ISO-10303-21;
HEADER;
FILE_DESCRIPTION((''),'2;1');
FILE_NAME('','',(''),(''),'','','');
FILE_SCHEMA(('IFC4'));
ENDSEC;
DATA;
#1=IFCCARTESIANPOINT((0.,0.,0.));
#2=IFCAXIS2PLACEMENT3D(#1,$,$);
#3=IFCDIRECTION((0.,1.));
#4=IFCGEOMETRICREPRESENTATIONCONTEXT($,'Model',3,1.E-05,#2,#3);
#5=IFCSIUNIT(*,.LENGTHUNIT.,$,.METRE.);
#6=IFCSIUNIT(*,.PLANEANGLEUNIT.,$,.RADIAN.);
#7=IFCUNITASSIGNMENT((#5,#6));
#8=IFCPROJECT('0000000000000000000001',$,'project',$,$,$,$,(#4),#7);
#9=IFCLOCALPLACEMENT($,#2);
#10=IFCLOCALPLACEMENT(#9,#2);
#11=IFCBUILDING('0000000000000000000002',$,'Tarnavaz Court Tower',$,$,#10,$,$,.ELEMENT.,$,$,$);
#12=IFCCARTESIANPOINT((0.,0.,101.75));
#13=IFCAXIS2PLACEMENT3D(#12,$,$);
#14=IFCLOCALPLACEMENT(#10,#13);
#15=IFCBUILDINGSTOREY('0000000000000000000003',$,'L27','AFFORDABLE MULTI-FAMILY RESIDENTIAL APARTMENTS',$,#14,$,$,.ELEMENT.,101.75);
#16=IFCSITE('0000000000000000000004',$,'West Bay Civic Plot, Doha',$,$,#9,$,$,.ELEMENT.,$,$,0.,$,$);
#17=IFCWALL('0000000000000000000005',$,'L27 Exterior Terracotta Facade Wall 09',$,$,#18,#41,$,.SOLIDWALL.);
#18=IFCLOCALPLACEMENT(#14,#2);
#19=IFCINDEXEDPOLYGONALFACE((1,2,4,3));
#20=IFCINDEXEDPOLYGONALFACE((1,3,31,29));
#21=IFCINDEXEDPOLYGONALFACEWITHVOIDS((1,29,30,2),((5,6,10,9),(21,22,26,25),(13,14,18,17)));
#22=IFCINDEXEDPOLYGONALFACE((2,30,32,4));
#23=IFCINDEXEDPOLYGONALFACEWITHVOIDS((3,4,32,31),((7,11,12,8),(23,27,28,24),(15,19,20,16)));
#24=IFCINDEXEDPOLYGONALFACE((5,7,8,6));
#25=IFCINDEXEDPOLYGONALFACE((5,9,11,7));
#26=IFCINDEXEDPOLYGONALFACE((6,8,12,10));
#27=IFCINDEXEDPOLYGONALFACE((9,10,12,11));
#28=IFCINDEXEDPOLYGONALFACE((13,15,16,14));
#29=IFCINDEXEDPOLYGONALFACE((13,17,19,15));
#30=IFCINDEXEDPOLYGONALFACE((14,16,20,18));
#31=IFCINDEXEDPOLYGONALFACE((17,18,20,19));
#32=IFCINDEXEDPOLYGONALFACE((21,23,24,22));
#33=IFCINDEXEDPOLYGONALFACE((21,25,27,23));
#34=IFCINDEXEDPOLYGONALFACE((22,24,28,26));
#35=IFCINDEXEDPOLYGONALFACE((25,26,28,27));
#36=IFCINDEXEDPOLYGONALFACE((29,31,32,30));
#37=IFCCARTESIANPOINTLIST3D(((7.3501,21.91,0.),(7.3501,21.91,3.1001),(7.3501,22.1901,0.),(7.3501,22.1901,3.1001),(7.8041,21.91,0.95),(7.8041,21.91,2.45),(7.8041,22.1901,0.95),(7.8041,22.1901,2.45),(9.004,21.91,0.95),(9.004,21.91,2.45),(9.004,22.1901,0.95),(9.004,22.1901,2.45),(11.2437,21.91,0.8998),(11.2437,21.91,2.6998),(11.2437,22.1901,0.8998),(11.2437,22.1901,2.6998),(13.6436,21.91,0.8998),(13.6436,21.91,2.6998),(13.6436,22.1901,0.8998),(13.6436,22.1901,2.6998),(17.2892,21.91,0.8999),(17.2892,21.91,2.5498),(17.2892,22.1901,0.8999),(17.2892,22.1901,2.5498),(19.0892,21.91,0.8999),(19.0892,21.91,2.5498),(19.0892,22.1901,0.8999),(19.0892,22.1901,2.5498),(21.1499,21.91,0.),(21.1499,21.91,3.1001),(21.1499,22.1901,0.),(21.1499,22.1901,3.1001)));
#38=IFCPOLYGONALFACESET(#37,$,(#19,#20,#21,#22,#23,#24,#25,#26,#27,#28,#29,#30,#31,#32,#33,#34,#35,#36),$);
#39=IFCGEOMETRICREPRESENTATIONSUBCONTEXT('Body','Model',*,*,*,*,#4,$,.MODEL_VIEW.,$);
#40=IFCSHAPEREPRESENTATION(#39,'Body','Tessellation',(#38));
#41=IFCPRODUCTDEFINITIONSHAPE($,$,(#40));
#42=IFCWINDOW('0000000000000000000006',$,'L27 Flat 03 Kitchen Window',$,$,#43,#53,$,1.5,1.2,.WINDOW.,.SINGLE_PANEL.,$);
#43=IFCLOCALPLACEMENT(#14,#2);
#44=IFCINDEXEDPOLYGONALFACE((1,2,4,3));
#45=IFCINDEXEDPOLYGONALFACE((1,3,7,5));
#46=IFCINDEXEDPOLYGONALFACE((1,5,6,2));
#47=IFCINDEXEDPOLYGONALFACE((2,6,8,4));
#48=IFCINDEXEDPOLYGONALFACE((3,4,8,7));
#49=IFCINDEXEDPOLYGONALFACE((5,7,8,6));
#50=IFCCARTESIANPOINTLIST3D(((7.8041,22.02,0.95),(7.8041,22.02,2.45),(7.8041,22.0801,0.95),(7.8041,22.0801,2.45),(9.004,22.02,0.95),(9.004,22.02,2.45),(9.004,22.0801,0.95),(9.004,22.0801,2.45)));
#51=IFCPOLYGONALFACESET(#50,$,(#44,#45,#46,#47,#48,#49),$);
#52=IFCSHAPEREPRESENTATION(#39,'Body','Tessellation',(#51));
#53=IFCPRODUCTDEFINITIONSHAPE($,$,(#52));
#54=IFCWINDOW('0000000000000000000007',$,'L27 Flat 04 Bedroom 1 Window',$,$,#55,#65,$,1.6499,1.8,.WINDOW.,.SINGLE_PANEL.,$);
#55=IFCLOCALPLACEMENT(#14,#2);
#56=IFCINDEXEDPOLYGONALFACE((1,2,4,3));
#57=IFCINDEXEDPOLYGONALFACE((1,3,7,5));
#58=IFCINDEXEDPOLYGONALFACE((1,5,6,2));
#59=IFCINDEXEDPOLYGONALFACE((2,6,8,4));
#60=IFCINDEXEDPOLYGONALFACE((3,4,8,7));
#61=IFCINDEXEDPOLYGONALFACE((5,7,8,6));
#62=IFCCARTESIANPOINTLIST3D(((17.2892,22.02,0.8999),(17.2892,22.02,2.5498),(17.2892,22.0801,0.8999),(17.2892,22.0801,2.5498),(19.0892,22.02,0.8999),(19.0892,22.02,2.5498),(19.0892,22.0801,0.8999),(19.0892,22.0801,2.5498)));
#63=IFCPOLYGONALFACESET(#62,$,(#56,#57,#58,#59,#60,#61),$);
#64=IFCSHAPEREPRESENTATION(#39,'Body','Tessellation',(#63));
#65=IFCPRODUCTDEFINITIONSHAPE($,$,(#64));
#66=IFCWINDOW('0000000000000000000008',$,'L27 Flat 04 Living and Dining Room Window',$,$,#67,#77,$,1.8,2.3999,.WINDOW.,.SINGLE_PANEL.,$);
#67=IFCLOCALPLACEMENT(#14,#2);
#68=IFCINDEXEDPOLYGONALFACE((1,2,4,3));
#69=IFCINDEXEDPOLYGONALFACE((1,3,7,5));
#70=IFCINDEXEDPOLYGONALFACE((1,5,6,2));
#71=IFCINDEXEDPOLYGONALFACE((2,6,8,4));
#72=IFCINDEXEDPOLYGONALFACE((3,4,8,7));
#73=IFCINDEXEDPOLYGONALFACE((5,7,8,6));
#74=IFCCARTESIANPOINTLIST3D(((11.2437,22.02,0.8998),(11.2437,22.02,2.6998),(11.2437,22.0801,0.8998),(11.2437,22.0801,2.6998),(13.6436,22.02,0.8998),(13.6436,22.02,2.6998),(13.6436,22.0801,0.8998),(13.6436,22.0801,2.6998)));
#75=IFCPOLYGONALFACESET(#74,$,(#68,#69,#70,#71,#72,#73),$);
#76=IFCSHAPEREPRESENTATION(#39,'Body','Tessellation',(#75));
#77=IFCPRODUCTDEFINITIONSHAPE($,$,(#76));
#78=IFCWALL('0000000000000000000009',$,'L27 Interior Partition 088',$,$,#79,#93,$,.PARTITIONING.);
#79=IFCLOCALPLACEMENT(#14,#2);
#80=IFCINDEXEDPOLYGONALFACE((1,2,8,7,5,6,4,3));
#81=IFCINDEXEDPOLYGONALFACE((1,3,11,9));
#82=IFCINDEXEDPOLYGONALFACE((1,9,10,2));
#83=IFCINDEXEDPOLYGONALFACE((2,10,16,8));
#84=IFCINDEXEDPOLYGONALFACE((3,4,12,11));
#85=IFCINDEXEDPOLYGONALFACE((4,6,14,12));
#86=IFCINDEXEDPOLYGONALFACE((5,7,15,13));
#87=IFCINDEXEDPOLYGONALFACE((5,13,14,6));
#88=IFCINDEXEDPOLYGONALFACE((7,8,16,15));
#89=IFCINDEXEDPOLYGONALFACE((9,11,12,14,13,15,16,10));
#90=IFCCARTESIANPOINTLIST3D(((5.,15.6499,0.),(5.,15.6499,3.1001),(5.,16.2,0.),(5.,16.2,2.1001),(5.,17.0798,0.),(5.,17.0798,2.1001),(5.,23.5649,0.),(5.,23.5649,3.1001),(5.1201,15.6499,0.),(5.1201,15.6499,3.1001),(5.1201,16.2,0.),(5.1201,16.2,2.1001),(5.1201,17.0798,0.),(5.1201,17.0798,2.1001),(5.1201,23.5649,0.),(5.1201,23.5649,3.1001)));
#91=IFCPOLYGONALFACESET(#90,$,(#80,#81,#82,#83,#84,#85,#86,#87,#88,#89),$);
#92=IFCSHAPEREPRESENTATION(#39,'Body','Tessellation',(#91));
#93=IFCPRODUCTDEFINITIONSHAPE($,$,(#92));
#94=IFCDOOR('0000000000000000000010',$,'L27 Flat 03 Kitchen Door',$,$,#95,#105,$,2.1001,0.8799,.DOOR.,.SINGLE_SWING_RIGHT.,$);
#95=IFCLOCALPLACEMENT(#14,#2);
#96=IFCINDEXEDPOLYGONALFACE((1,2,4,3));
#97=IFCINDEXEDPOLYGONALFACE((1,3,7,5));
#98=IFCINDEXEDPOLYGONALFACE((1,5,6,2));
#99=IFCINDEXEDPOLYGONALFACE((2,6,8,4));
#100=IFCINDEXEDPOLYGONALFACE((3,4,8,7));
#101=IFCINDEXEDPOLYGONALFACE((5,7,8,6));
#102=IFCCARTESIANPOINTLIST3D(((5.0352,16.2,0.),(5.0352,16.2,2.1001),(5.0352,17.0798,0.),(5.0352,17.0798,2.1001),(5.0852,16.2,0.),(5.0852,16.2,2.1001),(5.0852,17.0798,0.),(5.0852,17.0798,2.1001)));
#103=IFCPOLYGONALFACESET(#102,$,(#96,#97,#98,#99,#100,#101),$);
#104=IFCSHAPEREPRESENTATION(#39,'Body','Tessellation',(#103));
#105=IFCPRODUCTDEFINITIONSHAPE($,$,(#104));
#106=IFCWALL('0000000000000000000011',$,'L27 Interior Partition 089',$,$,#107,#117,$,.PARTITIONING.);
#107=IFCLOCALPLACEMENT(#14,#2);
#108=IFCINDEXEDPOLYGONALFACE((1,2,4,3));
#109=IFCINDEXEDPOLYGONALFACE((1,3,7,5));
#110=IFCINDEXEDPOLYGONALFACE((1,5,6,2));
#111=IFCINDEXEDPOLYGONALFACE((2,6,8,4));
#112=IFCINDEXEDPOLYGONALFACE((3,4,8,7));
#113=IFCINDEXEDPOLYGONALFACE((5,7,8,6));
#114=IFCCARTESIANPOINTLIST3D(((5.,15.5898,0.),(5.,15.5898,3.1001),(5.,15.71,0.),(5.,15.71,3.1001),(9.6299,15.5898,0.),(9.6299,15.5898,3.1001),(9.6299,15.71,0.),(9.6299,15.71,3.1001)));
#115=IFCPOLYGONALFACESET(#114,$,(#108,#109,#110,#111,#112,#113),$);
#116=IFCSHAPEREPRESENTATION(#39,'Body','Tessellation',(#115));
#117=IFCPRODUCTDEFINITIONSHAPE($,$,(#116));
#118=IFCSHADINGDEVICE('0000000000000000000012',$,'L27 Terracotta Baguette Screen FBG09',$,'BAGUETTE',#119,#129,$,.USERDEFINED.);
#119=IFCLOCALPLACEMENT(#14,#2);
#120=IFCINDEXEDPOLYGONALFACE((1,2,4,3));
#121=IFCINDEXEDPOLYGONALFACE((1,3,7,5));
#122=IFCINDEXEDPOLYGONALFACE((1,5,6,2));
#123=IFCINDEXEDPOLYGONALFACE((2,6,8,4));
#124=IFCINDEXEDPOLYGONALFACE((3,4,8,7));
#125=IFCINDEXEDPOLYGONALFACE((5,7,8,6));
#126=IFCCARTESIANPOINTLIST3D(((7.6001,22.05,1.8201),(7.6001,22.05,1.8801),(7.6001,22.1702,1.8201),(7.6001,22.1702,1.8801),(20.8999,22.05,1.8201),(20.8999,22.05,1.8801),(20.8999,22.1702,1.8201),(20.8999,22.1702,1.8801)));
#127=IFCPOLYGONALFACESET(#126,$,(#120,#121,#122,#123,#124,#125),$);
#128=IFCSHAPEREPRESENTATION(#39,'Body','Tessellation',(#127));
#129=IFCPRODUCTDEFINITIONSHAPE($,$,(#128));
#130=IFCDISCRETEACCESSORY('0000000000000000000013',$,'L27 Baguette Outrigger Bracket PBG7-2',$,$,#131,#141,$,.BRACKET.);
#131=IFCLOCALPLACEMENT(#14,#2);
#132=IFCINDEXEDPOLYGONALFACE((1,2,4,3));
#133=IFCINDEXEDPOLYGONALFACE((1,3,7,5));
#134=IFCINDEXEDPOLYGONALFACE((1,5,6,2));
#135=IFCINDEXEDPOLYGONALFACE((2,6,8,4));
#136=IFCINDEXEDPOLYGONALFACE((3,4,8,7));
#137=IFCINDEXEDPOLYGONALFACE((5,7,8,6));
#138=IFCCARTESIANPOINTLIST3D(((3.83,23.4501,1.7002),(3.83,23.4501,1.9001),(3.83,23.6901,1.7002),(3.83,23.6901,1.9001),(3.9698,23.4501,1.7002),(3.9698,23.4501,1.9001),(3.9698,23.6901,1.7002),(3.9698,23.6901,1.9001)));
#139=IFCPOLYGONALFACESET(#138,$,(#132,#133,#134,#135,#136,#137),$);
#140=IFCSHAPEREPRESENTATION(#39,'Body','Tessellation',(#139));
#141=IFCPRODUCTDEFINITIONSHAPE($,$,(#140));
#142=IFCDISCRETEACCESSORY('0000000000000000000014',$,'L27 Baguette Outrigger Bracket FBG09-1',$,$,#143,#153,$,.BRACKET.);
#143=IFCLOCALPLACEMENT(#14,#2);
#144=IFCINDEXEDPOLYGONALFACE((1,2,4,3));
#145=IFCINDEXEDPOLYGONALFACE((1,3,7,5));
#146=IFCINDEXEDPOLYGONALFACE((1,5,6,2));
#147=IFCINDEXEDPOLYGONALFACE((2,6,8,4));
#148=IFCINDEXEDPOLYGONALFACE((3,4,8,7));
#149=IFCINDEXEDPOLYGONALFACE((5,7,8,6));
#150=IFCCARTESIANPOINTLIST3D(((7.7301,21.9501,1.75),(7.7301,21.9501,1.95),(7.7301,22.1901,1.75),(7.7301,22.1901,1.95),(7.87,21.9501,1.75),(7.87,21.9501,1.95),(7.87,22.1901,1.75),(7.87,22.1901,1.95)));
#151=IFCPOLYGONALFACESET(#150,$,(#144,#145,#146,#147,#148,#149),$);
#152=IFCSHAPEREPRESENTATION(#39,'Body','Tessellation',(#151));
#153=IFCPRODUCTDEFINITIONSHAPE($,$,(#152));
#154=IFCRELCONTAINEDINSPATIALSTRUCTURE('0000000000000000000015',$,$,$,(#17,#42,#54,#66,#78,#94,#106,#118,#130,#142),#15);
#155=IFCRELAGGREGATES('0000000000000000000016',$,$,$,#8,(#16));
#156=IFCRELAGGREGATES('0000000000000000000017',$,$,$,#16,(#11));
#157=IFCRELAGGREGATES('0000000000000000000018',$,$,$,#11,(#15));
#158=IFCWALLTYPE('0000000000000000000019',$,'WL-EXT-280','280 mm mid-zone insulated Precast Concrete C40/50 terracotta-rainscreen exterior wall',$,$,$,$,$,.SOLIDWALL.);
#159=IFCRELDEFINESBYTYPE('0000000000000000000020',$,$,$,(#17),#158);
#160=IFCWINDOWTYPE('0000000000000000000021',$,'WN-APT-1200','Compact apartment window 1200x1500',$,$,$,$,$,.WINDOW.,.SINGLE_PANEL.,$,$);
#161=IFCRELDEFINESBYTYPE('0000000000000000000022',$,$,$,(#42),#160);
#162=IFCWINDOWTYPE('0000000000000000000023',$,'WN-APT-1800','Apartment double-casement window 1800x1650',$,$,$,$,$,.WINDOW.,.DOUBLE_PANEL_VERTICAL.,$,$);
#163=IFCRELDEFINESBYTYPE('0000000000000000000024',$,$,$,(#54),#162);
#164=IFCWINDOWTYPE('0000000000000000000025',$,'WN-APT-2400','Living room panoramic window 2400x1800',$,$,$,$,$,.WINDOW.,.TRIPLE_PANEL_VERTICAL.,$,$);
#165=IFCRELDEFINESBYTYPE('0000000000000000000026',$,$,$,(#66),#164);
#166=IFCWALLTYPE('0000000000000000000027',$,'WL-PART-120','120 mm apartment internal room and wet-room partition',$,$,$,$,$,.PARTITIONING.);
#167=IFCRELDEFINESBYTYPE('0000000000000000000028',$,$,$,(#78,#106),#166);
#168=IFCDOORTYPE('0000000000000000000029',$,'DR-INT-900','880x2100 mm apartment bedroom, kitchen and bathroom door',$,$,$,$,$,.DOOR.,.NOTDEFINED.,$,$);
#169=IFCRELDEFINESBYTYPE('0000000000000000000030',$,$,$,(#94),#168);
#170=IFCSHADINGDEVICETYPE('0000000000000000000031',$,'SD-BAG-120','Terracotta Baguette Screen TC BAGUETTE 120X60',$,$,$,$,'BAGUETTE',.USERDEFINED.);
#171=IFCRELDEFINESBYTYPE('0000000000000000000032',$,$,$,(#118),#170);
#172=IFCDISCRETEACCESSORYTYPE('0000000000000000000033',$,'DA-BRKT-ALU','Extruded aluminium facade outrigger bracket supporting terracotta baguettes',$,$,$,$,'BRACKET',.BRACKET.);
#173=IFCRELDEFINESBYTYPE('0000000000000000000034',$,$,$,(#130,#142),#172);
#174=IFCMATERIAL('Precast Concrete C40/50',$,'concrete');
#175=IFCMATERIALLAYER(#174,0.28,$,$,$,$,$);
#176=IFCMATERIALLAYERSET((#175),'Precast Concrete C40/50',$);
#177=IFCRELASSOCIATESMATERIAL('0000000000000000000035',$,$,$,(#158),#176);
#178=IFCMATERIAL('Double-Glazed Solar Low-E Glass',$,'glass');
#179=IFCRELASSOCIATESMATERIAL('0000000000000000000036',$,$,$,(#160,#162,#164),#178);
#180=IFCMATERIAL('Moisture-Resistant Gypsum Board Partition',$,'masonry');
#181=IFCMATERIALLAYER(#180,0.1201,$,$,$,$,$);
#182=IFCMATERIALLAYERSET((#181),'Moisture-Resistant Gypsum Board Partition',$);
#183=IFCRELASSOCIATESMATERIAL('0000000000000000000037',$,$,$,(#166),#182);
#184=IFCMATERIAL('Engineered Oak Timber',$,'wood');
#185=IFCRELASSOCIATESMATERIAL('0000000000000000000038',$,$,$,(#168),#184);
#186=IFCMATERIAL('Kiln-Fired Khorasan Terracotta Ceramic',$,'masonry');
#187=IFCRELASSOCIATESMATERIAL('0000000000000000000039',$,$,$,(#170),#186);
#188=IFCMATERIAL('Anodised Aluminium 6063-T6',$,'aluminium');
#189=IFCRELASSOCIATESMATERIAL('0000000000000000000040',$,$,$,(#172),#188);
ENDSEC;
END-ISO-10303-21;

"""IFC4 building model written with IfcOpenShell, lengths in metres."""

from ifc_helpers import new_model, si_unit, direction, frame, frame_2d, origin, origin_2d, place, context, subcontext, project, spatial, rectangle, extrude, material, layer, layer_set, material_profile, profile_set, type_object, element, fill, save


model = new_model("IFC4")

# Units and contexts
model_context = context("Model", 3, precision=1e-05, world=origin(), true_north=direction((0.0, 1.0)))
body_context = subcontext(model_context, "Body", "Model", "MODEL_VIEW")
ifc_project = project(units=[si_unit("LENGTHUNIT", "METRE"), si_unit("PLANEANGLEUNIT", "RADIAN")], contexts=[model_context])

# Site, building, storey
site_placement = place(None, origin())
site = spatial("IfcSite", under=ifc_project, at=site_placement, Name="West Bay Civic Plot, Doha", CompositionType="ELEMENT", RefElevation=0.0)
building_placement = place(site_placement, origin())
building = spatial("IfcBuilding", under=site, at=building_placement, Name="Tarnavaz Court Tower", CompositionType="ELEMENT")
storey_placement = place(building_placement, frame((0.0, 0.0, 101.75)))
storey = spatial("IfcBuildingStorey", under=building, at=storey_placement, Name="L27", Description="AFFORDABLE MULTI-FAMILY RESIDENTIAL APARTMENTS", CompositionType="ELEMENT", Elevation=101.75)

# Shared definitions
ifc_material_1 = material(Name="Anodised Aluminium 6063-T6", Category="aluminium")
ifc_material_2 = material(Name="Double-Glazed Solar Low-E Glass", Category="glass")

# Shared definitions
ifc_material_3 = material(Name="Precast Concrete C40/50", Category="concrete")
ifc_layer_1 = layer(ifc_material_3, 0.28)
ifc_layer_set_1 = layer_set([ifc_layer_1], Name="Precast Concrete C40/50")
wall_type_1 = type_object("IfcWallType", Name="WL-EXT-280", Description="280 mm mid-zone insulated Precast Concrete C40/50 terracotta-rainscreen exterior wall", PredefinedType="SOLIDWALL", material=ifc_layer_set_1)
window_type_1 = type_object("IfcWindowType", Name="WN-APT-1200", Description="Compact apartment window 1200x1500", PartitioningType="SINGLE_PANEL", PredefinedType="WINDOW", material=ifc_material_2)

# Wall, openings, windows
wall_1_placement = place(storey_placement, frame((7.3501, 22.05, 0.0), z_axis=(0.0, 0.0, 1.0), x_axis=(1.0, 0.0, 0.0)))
wall_1 = element("IfcWall", 1, at=wall_1_placement, inside=storey, type_object=wall_type_1, Name="L27 Exterior Terracotta Facade Wall 09", PredefinedType="SOLIDWALL", context=body_context, shape_type="SweptSolid", body=[
    extrude(rectangle(XDim=13.7998, YDim=0.28, at=frame_2d((6.8999, 0.0))), origin(), (0.0, 0.0, 1.0), 3.1001),
])
opening_1_placement = place(wall_1_placement, frame((0.4539, 0.0, 0.95)))
opening_1 = element("IfcOpeningElement", 2, at=opening_1_placement, cuts=wall_1, PredefinedType="OPENING", context=body_context, shape_type="SweptSolid", body=[
    extrude(rectangle(XDim=1.2, YDim=1.5, at=frame_2d((0.6001, 0.75))), frame((0.0, 0.1499, 0.0), z_axis=(0.0, -1.0, 0.0), x_axis=(1.0, 0.0, 0.0)), (0.0, 0.0, 1.0), 0.3),
])
opening_2_placement = place(wall_1_placement, frame((3.8936, 0.0, 0.8999)))
opening_2 = element("IfcOpeningElement", 3, at=opening_2_placement, cuts=wall_1, PredefinedType="OPENING", context=body_context, shape_type="SweptSolid", body=[
    extrude(rectangle(XDim=2.3999, YDim=1.8, at=frame_2d((1.2, 0.8999))), frame((0.0, 0.1499, 0.0), z_axis=(0.0, -1.0, 0.0), x_axis=(1.0, 0.0, 0.0)), (0.0, 0.0, 1.0), 0.3),
])
opening_3_placement = place(wall_1_placement, frame((9.9392, 0.0, 0.8999)))
opening_3 = element("IfcOpeningElement", 4, at=opening_3_placement, cuts=wall_1, PredefinedType="OPENING", context=body_context, shape_type="SweptSolid", body=[
    extrude(rectangle(XDim=1.8, YDim=1.6499, at=frame_2d((0.8999, 0.825))), frame((0.0, 0.1499, 0.0), z_axis=(0.0, -1.0, 0.0), x_axis=(1.0, 0.0, 0.0)), (0.0, 0.0, 1.0), 0.3),
])
window_1_placement = place(opening_1_placement, origin())
window_1 = element("IfcWindow", 5, at=window_1_placement, inside=storey, type_object=window_type_1, Name="L27 Flat 03 Kitchen Window", OverallHeight=1.5, OverallWidth=1.2, PartitioningType="SINGLE_PANEL", PredefinedType="WINDOW", context=body_context, shape_type="SweptSolid", body=[
    extrude(rectangle(XDim=1.2, YDim=1.5, at=frame_2d((0.6001, 0.75))), frame((0.0, 0.03, 0.0), z_axis=(0.0, -1.0, 0.0), x_axis=(1.0, 0.0, 0.0)), (0.0, 0.0, 1.0), 0.0601),
])
fill(opening_1, window_1)
window_type_2 = type_object("IfcWindowType", Name="WN-APT-1800", Description="Apartment double-casement window 1800x1650", PartitioningType="DOUBLE_PANEL_VERTICAL", PredefinedType="WINDOW", material=ifc_material_2)
window_2_placement = place(opening_3_placement, origin())
window_2 = element("IfcWindow", 6, at=window_2_placement, inside=storey, type_object=window_type_2, Name="L27 Flat 04 Bedroom 1 Window", OverallHeight=1.6499, OverallWidth=1.8, PartitioningType="SINGLE_PANEL", PredefinedType="WINDOW", context=body_context, shape_type="SweptSolid", body=[
    extrude(rectangle(XDim=1.8, YDim=1.6499, at=frame_2d((0.8999, 0.825))), frame((0.0, 0.03, 0.0), z_axis=(0.0, -1.0, 0.0), x_axis=(1.0, 0.0, 0.0)), (0.0, 0.0, 1.0), 0.0601),
])
fill(opening_3, window_2)
window_type_3 = type_object("IfcWindowType", Name="WN-APT-2400", Description="Living room panoramic window 2400x1800", PartitioningType="TRIPLE_PANEL_VERTICAL", PredefinedType="WINDOW", material=ifc_material_2)
window_3_placement = place(opening_2_placement, origin())
window_3 = element("IfcWindow", 7, at=window_3_placement, inside=storey, type_object=window_type_3, Name="L27 Flat 04 Living and Dining Room Window", OverallHeight=1.8, OverallWidth=2.3999, PartitioningType="SINGLE_PANEL", PredefinedType="WINDOW", context=body_context, shape_type="SweptSolid", body=[
    extrude(rectangle(XDim=2.3999, YDim=1.8, at=frame_2d((1.2, 0.8999))), frame((0.0, 0.03, 0.0), z_axis=(0.0, -1.0, 0.0), x_axis=(1.0, 0.0, 0.0)), (0.0, 0.0, 1.0), 0.0601),
])
fill(opening_2, window_3)

# Wall, opening, door
ifc_material_4 = material(Name="Moisture-Resistant Gypsum Board Partition", Category="masonry")
ifc_layer_2 = layer(ifc_material_4, 0.1201)
ifc_layer_set_2 = layer_set([ifc_layer_2], Name="Moisture-Resistant Gypsum Board Partition")
wall_type_2 = type_object("IfcWallType", Name="WL-PART-120", Description="120 mm apartment internal room and wet-room partition", PredefinedType="PARTITIONING", material=ifc_layer_set_2)
wall_2_placement = place(storey_placement, frame((5.0601, 15.6499, 0.0), z_axis=(0.0, 0.0, 1.0), x_axis=(0.0, 1.0, 0.0)))
wall_2 = element("IfcWall", 8, at=wall_2_placement, inside=storey, type_object=wall_type_2, Name="L27 Interior Partition 088", PredefinedType="PARTITIONING", context=body_context, shape_type="SweptSolid", body=[
    extrude(rectangle(XDim=7.915, YDim=0.1201, at=frame_2d((3.9575, 0.0))), origin(), (0.0, 0.0, 1.0), 3.1001),
])
opening_4_placement = place(wall_2_placement, frame((0.55, 0.0, 0.0)))
opening_4 = element("IfcOpeningElement", 9, at=opening_4_placement, cuts=wall_2, PredefinedType="OPENING", context=body_context, shape_type="SweptSolid", body=[
    extrude(rectangle(XDim=0.8799, YDim=2.1001, at=frame_2d((0.4399, 1.05))), frame((0.0, 0.0701, 0.0), z_axis=(0.0, -1.0, 0.0), x_axis=(1.0, 0.0, 0.0)), (0.0, 0.0, 1.0), 0.1401),
])
ifc_material_5 = material(Name="Engineered Oak Timber", Category="wood")
door_type = type_object("IfcDoorType", Name="DR-INT-900", Description="880x2100 mm apartment bedroom, kitchen and bathroom door", OperationType="NOTDEFINED", PredefinedType="DOOR", material=ifc_material_5)
door_placement = place(opening_4_placement, origin())
door = element("IfcDoor", 10, at=door_placement, inside=storey, type_object=door_type, Name="L27 Flat 03 Kitchen Door", OperationType="SINGLE_SWING_RIGHT", OverallHeight=2.1001, OverallWidth=0.8799, PredefinedType="DOOR", context=body_context, shape_type="SweptSolid", body=[
    extrude(rectangle(XDim=0.8799, YDim=2.1001, at=frame_2d((0.4399, 1.05))), frame((0.0, 0.0249, 0.0), z_axis=(0.0, -1.0, 0.0), x_axis=(1.0, 0.0, 0.0)), (0.0, 0.0, 1.0), 0.05),
])
fill(opening_4, door)

# Wall
wall_3_placement = place(storey_placement, frame((5.0, 15.6499, 0.0), z_axis=(0.0, 0.0, 1.0), x_axis=(1.0, 0.0, 0.0)))
element("IfcWall", 11, at=wall_3_placement, inside=storey, type_object=wall_type_2, Name="L27 Interior Partition 089", PredefinedType="PARTITIONING", context=body_context, shape_type="SweptSolid", body=[
    extrude(rectangle(XDim=4.6299, YDim=0.1201, at=frame_2d((2.3149, 0.0))), origin(), (0.0, 0.0, 1.0), 3.1001),
])

# Shading device
ifc_material_6 = material(Name="Kiln-Fired Khorasan Terracotta Ceramic", Category="masonry")
ifc_material_profile_1 = material_profile(ifc_material_6, rectangle(XDim=0.1201, YDim=0.0601, at=origin_2d()), Name="TC BAGUETTE 120X60")
ifc_profile_set_1 = profile_set([ifc_material_profile_1], Name="Kiln-Fired Khorasan Terracotta Ceramic")
shading_device_type = type_object("IfcShadingDeviceType", Name="SD-BAG-120", Description="Terracotta Baguette Screen TC BAGUETTE 120X60", ElementType="BAGUETTE", PredefinedType="USERDEFINED", material=ifc_profile_set_1)
shading_device_placement = place(storey_placement, frame((7.6001, 22.1101, 1.8501), z_axis=(1.0, 0.0, 0.0), x_axis=(0.0, 1.0, 0.0)))
element("IfcShadingDevice", 12, at=shading_device_placement, inside=storey, type_object=shading_device_type, Name="L27 Terracotta Baguette Screen FBG09", ObjectType="BAGUETTE", PredefinedType="USERDEFINED", context=body_context, shape_type="SweptSolid", body=[
    extrude(rectangle(XDim=0.1201, YDim=0.0601, at=origin_2d()), origin(), (0.0, 0.0, 1.0), 13.2998),
])

# Discrete accessories
discrete_accessory_type = type_object("IfcDiscreteAccessoryType", Name="DA-BRKT-ALU", Description="Extruded aluminium facade outrigger bracket supporting terracotta baguettes", ElementType="BRACKET", PredefinedType="BRACKET", material=ifc_material_1)
for number, where, z_axis, x_axis, name in (
    (13, (3.8999, 23.5701, 1.7002), (0.0, 0.0, 1.0), (1.0, 0.0, 0.0), "L27 Baguette Outrigger Bracket PBG7-2"),
    (14, (7.8, 22.0701, 1.75), (0.0, 0.0, 1.0), (1.0, 0.0, 0.0), "L27 Baguette Outrigger Bracket FBG09-1"),
):
    element("IfcDiscreteAccessory", number, at=place(storey_placement, frame(where, z_axis=z_axis, x_axis=x_axis)), inside=storey, type_object=discrete_accessory_type, Name=name, PredefinedType="BRACKET", context=body_context, shape_type="SweptSolid", body=[
        extrude(rectangle(XDim=0.1399, YDim=0.24, at=origin_2d()), origin(), (0.0, 0.0, 1.0), 0.2),
    ])

save(model, "model.ifc")
